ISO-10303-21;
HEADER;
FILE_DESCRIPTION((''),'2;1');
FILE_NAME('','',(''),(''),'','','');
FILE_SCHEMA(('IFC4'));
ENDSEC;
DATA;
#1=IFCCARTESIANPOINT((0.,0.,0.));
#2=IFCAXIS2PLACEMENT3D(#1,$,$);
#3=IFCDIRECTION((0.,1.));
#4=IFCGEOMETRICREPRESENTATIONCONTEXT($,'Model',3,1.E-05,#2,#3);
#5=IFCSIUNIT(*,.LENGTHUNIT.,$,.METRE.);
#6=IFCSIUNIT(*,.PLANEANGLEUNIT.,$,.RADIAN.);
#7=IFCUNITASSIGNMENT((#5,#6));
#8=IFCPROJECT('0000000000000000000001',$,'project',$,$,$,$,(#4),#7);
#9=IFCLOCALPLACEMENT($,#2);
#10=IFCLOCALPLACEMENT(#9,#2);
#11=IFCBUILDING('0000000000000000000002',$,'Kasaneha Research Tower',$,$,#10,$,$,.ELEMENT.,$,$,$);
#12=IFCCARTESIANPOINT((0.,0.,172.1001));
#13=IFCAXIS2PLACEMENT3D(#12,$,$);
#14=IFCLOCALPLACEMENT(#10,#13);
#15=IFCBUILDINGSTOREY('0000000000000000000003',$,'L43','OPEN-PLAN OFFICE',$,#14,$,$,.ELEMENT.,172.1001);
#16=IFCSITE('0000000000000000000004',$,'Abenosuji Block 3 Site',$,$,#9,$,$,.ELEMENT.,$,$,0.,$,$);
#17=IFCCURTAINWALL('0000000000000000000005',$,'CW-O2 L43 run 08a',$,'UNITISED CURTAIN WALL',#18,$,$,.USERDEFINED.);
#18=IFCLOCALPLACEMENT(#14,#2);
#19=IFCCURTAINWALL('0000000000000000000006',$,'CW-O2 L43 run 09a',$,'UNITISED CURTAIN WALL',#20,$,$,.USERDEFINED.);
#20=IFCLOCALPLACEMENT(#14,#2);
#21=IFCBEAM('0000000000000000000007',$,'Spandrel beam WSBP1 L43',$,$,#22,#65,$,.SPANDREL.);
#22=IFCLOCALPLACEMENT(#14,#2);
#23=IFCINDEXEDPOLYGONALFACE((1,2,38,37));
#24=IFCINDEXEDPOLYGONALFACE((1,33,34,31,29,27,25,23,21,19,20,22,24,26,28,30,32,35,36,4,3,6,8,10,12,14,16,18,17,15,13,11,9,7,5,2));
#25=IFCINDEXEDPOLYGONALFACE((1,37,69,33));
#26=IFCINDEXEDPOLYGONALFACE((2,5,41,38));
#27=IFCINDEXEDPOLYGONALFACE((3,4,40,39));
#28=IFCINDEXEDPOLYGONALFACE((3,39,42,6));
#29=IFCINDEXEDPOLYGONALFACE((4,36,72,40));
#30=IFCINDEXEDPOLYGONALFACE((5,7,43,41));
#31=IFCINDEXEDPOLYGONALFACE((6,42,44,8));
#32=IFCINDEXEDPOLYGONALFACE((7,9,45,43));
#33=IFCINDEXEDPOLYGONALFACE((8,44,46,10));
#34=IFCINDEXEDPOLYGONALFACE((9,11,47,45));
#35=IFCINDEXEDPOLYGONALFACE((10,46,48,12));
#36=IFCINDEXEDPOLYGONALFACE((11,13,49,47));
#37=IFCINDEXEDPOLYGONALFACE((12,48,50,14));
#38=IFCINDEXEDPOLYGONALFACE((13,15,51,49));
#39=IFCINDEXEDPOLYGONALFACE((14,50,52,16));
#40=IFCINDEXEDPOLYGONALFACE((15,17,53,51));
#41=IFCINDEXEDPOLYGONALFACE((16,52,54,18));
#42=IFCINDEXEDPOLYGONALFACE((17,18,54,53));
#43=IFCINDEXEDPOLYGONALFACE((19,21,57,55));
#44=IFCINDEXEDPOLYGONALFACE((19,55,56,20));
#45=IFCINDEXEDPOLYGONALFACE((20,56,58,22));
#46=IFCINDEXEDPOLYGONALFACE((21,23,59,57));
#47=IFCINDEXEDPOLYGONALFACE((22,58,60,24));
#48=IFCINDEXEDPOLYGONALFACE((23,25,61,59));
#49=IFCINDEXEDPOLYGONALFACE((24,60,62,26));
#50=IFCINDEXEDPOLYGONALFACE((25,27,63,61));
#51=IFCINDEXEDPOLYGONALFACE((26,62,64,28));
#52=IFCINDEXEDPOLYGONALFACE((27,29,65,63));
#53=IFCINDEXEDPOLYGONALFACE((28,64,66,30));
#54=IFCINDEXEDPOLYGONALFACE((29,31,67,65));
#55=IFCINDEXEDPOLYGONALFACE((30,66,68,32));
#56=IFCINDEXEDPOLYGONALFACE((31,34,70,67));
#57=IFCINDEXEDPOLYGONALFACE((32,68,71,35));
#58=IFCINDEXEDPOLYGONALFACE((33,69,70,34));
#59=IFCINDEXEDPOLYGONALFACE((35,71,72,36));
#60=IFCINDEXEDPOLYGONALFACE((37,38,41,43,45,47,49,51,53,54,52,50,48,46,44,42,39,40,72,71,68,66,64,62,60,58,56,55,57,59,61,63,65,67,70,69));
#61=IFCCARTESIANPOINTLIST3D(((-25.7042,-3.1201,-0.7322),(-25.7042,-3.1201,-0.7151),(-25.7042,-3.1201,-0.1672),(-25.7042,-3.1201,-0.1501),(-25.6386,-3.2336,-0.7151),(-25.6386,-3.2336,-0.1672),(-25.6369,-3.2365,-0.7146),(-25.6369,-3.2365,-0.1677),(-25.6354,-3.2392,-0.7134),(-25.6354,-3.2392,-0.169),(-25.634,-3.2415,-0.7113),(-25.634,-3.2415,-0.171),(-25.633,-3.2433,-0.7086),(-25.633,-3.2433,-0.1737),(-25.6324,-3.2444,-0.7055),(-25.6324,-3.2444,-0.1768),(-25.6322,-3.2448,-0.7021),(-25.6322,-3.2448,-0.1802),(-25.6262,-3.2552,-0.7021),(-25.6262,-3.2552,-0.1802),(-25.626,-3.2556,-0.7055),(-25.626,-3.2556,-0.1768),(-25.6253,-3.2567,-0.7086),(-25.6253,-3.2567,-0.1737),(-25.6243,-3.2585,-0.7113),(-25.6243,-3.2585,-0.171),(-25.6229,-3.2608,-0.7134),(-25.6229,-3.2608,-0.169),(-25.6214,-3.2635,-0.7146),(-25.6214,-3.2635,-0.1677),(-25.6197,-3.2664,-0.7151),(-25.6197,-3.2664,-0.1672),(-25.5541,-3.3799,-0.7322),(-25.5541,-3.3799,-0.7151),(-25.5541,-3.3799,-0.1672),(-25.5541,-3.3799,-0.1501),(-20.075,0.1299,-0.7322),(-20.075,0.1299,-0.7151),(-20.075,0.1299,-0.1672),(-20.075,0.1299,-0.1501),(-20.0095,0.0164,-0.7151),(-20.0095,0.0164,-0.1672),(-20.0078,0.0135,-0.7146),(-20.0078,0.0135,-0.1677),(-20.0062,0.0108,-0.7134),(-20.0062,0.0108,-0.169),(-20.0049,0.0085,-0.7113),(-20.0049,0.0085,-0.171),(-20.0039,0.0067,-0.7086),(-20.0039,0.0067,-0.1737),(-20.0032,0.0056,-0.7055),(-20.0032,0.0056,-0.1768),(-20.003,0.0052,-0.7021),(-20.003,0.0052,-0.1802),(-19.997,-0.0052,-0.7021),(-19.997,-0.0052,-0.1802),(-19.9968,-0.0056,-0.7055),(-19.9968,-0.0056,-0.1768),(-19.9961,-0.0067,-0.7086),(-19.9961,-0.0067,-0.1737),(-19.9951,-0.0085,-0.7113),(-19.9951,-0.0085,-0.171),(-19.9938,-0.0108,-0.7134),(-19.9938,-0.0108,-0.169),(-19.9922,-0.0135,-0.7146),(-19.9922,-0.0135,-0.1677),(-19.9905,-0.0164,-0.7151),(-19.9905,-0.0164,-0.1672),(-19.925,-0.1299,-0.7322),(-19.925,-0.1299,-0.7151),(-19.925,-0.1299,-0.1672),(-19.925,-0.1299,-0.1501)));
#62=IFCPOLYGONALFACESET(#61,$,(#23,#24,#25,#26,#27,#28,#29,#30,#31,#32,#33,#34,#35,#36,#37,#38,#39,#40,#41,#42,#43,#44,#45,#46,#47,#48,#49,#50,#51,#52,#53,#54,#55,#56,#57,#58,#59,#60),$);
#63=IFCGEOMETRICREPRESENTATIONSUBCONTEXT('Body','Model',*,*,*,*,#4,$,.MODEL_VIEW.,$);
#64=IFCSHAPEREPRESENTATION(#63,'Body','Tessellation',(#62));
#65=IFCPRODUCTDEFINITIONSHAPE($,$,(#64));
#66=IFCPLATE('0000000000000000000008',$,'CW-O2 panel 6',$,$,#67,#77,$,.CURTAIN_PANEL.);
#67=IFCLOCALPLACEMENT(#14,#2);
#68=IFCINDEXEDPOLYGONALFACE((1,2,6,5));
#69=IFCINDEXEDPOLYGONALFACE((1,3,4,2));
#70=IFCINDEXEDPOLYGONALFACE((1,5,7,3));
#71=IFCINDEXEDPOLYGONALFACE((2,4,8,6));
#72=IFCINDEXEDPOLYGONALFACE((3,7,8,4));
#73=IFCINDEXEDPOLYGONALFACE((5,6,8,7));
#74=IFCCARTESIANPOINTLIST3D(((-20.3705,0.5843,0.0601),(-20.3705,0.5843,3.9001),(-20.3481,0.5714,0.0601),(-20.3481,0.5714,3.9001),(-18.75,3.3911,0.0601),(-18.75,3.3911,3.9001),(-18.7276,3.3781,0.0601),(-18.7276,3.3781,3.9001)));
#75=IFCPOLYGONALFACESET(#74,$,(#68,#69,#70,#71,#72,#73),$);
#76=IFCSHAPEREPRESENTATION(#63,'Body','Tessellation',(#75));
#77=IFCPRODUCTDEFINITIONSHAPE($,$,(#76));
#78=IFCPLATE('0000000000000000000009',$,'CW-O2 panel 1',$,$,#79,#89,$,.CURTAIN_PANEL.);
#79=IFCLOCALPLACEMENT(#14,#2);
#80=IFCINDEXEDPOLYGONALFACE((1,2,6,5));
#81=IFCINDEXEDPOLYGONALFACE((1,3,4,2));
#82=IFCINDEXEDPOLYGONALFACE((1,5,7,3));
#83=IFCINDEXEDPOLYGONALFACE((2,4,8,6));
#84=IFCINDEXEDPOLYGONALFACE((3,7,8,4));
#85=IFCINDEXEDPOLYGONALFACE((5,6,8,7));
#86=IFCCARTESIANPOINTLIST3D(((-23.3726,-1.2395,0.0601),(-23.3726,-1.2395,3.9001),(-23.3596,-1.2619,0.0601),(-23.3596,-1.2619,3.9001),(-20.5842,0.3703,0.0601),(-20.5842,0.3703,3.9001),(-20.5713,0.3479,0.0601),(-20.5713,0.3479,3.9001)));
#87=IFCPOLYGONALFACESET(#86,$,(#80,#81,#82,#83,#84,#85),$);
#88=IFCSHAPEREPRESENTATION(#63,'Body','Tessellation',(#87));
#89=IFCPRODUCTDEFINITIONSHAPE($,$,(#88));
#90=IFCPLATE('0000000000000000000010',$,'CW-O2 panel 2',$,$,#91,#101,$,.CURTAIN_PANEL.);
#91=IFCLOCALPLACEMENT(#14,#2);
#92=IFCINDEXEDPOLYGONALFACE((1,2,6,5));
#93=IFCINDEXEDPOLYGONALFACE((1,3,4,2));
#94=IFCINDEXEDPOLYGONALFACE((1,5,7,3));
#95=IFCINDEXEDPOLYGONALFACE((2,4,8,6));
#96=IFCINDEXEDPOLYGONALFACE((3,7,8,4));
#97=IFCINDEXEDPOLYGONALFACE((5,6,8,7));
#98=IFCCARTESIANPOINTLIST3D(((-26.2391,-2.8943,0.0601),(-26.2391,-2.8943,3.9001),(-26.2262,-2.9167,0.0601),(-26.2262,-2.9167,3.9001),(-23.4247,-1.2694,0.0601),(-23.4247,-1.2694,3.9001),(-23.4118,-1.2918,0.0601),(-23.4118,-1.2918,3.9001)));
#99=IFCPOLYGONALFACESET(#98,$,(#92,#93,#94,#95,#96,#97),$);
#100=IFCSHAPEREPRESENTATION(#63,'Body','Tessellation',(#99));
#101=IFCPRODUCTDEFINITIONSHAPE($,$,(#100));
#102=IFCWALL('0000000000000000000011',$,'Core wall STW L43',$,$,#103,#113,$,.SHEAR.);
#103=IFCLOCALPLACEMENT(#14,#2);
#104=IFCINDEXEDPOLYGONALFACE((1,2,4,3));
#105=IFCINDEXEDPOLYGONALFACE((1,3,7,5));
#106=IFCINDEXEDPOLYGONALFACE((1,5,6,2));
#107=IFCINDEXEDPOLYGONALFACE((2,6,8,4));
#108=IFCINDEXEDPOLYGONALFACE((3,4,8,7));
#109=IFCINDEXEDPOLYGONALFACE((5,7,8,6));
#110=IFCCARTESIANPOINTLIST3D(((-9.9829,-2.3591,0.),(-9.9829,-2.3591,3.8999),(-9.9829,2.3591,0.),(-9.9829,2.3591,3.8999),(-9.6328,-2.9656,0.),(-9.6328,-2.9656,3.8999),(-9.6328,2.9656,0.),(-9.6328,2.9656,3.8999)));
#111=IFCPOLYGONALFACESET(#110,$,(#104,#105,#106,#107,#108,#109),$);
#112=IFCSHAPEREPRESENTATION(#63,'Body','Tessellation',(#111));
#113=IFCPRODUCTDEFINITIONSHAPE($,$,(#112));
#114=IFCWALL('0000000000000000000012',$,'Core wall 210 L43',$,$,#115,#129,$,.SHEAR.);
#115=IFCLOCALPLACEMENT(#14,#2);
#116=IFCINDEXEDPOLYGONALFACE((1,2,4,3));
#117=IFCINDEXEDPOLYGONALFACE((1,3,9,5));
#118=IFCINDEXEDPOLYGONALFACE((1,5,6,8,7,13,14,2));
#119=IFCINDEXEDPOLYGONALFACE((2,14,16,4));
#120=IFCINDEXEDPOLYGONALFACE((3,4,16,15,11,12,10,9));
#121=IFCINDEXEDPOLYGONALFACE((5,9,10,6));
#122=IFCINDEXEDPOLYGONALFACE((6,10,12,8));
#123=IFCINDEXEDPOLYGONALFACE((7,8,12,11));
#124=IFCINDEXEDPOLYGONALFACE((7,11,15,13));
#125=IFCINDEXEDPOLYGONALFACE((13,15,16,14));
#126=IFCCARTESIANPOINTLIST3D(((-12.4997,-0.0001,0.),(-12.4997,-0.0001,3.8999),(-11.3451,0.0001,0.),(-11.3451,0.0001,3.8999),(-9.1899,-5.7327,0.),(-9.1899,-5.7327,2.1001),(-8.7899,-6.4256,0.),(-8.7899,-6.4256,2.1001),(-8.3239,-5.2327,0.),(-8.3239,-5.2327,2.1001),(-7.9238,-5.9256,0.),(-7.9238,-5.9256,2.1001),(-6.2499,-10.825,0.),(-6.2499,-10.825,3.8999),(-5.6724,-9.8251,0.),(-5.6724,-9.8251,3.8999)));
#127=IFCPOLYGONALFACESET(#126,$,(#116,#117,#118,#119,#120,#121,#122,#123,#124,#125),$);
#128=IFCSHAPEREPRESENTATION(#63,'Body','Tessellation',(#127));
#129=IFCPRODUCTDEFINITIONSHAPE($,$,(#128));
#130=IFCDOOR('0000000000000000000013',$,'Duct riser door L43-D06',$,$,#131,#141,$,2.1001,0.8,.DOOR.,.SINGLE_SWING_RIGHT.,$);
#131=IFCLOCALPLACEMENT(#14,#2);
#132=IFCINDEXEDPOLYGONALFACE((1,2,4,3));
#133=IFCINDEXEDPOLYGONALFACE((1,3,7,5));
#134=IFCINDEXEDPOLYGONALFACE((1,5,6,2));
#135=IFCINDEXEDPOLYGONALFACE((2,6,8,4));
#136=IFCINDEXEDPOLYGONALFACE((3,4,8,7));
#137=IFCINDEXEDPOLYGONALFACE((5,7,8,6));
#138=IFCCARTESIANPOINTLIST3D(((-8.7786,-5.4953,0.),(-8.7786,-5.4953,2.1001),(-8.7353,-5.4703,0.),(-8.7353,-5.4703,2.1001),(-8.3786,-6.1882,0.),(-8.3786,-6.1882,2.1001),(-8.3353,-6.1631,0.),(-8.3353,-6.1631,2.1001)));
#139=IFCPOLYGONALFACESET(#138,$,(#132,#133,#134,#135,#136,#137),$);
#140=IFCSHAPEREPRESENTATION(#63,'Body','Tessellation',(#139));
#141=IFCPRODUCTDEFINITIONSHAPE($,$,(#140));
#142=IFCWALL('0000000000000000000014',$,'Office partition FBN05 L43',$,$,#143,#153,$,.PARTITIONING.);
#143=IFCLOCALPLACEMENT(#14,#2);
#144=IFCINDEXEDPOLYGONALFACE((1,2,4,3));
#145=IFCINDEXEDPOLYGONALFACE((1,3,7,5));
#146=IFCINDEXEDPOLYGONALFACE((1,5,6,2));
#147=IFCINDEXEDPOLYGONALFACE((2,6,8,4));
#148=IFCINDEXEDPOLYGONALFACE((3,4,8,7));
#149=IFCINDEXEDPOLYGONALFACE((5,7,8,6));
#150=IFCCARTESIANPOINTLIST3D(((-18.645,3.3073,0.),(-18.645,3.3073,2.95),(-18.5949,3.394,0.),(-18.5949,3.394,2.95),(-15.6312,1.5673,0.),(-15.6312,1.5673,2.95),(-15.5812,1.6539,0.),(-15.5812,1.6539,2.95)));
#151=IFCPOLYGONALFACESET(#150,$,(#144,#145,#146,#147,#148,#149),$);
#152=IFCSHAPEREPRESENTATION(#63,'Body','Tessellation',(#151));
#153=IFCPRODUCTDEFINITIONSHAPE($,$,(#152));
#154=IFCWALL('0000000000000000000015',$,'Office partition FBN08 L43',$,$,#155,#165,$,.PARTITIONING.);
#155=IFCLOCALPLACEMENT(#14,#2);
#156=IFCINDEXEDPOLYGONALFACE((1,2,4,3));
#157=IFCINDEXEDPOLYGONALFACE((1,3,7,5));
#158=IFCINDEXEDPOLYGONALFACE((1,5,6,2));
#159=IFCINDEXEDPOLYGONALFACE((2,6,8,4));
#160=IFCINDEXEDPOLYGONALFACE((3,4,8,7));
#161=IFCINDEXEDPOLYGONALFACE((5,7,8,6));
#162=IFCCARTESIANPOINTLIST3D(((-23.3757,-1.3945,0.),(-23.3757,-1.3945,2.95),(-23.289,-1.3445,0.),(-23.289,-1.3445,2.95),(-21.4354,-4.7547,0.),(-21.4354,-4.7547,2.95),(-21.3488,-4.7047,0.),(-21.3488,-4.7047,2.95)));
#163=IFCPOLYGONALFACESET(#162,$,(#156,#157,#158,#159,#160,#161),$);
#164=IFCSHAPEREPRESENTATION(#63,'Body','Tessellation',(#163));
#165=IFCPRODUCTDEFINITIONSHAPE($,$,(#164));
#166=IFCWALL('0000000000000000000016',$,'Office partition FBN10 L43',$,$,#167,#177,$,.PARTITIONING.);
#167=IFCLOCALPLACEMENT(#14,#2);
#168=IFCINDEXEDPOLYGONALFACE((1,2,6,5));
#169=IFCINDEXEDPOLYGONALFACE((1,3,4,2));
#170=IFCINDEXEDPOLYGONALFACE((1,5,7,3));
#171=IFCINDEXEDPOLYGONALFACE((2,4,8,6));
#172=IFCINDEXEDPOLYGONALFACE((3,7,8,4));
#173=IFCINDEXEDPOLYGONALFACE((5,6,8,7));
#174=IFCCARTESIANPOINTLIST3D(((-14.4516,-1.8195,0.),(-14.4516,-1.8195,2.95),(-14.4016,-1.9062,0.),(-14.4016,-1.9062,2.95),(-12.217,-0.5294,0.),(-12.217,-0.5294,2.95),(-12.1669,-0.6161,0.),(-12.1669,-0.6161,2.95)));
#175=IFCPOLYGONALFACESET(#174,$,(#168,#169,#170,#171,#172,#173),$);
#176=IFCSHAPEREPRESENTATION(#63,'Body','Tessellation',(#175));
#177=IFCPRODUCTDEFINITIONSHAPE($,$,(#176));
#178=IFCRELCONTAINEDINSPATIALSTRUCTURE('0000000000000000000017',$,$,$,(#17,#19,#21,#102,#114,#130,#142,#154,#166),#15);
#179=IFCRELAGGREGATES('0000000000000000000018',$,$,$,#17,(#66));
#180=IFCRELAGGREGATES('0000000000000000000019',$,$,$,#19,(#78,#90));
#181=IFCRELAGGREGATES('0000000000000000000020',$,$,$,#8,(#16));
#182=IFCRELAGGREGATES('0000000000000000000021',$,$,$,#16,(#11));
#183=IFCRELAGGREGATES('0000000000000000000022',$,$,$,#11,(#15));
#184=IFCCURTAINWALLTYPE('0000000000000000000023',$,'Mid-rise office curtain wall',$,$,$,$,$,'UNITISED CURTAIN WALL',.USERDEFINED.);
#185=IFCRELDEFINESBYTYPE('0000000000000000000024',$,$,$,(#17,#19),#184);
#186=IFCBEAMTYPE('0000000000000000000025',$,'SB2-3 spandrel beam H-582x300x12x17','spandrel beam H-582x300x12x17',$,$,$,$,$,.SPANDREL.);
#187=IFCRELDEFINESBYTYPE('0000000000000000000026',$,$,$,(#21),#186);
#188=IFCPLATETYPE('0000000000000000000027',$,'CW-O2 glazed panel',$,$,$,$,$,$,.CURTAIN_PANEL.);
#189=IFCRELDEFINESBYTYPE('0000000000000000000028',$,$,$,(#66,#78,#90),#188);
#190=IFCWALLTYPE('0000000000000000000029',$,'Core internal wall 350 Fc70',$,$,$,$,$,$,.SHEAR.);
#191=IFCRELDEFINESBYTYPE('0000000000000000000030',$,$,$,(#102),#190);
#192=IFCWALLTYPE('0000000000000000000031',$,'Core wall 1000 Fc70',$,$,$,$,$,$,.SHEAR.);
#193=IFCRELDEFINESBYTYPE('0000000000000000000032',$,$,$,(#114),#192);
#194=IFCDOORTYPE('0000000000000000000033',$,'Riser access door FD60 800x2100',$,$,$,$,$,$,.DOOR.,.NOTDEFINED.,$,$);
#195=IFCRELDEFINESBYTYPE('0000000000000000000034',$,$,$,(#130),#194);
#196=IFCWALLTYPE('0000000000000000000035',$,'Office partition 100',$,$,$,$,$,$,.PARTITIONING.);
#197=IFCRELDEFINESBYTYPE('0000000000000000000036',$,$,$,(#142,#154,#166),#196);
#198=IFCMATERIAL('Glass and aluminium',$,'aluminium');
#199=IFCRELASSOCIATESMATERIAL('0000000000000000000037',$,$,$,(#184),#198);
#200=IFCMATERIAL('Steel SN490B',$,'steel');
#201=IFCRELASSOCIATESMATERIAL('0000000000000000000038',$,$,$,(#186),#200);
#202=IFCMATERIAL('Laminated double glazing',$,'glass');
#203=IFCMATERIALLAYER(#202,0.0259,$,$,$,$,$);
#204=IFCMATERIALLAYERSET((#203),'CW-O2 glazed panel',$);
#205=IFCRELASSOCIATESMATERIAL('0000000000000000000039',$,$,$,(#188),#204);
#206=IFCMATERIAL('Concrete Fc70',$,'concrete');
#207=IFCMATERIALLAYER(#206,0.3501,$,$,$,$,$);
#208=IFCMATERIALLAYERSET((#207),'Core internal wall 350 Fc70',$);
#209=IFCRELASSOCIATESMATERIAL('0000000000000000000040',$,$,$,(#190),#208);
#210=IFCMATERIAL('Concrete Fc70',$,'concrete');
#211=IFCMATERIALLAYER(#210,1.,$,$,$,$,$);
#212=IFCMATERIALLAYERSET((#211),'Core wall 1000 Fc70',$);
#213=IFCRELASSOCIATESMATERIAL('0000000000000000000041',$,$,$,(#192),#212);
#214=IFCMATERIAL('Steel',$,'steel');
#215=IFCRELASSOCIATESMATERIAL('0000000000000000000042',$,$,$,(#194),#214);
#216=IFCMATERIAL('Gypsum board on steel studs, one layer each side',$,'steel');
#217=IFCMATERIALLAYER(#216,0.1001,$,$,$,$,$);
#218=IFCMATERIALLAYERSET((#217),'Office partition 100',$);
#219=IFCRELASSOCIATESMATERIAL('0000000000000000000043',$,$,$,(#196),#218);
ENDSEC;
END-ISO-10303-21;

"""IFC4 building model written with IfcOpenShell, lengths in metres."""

from ifc_helpers import new_model, si_unit, direction, frame, frame_2d, origin, origin_2d, place, context, subcontext, project, spatial, polyline, rectangle, i_section, outline, extrude, material, layer, layer_set, material_profile, profile_set, type_object, element, fill, aggregate, save


model = new_model("IFC4")

# Units and contexts
model_context = context("Model", 3, precision=1e-05, world=origin(), true_north=direction((0.0, 1.0)))
body_context = subcontext(model_context, "Body", "Model", "MODEL_VIEW")
ifc_project = project(units=[si_unit("LENGTHUNIT", "METRE"), si_unit("PLANEANGLEUNIT", "RADIAN")], contexts=[model_context])

# Site, building, storey
site_placement = place(None, origin())
site = spatial("IfcSite", under=ifc_project, at=site_placement, Name="Abenosuji Block 3 Site", CompositionType="ELEMENT", RefElevation=0.0)
building_placement = place(site_placement, origin())
building = spatial("IfcBuilding", under=site, at=building_placement, Name="Kasaneha Research Tower", CompositionType="ELEMENT")
storey_placement = place(building_placement, frame((0.0, 0.0, 172.1001)))
storey = spatial("IfcBuildingStorey", under=building, at=storey_placement, Name="L43", Description="OPEN-PLAN OFFICE", CompositionType="ELEMENT", Elevation=172.1001)

# Curtain wall
ifc_material_1 = material(Name="Glass and aluminium", Category="aluminium")
curtain_wall_type = type_object("IfcCurtainWallType", Name="Mid-rise office curtain wall", ElementType="UNITISED CURTAIN WALL", PredefinedType="USERDEFINED", material=ifc_material_1)
curtain_wall_1_placement = place(storey_placement, origin())
curtain_wall_1 = element("IfcCurtainWall", 1, at=curtain_wall_1_placement, inside=storey, type_object=curtain_wall_type, Name="CW-O2 L43 run 08a", ObjectType="UNITISED CURTAIN WALL", PredefinedType="USERDEFINED")

# Curtain wall
curtain_wall_2_placement = place(storey_placement, origin())
curtain_wall_2 = element("IfcCurtainWall", 2, at=curtain_wall_2_placement, inside=storey, type_object=curtain_wall_type, Name="CW-O2 L43 run 09a", ObjectType="UNITISED CURTAIN WALL", PredefinedType="USERDEFINED")

# Beam
ifc_material_2 = material(Name="Steel SN490B", Category="steel")
ifc_material_profile_1 = material_profile(ifc_material_2, i_section(OverallWidth=0.3, OverallDepth=0.582, WebThickness=0.012, FlangeThickness=0.0171, FilletRadius=0.0129, at=origin_2d()), Name="H-582x300x12x17")
ifc_profile_set_1 = profile_set([ifc_material_profile_1], Name="Steel SN490B")
beam_type_1 = type_object("IfcBeamType", Name="SB2-3 spandrel beam H-582x300x12x17", Description="spandrel beam H-582x300x12x17", PredefinedType="SPANDREL", material=ifc_profile_set_1)
beam_1_placement = place(storey_placement, frame((-20.0, 0.0, -0.4412), z_axis=(-0.866025, -0.500001, 0.0), x_axis=(0.500001, -0.866025, 0.0)))
element("IfcBeam", 3, at=beam_1_placement, inside=storey, type_object=beam_type_1, Name="Spandrel beam WSBP1 L43", PredefinedType="SPANDREL", context=body_context, shape_type="SweptSolid", body=[
    extrude(i_section(OverallWidth=0.3, OverallDepth=0.582, WebThickness=0.012, FlangeThickness=0.0171, FilletRadius=0.0129, at=origin_2d()), origin(), (0.0, 0.0, 1.0), 6.5),
])

# Plates
ifc_material_3 = material(Name="Laminated double glazing", Category="glass")
ifc_layer_1 = layer(ifc_material_3, 0.0259)
ifc_layer_set_1 = layer_set([ifc_layer_1], Name="CW-O2 glazed panel")
plate_type = type_object("IfcPlateType", Name="CW-O2 glazed panel", PredefinedType="CURTAIN_PANEL", material=ifc_layer_set_1)
plate_1_placement = place(storey_placement, frame((-19.5491, 1.9812, 0.0601), z_axis=(0.0, 0.0, 1.0), x_axis=(-0.5, -0.866025, 0.0)))
plate_1 = element("IfcPlate", 4, at=plate_1_placement, type_object=plate_type, Name="CW-O2 panel 6", PredefinedType="CURTAIN_PANEL", context=body_context, shape_type="SweptSolid", body=[
    extrude(rectangle(XDim=3.241, YDim=0.0259, at=origin_2d()), origin(), (0.0, 0.0, 1.0), 3.8401),
])
aggregate(curtain_wall_1, [plate_1])
plate_2_placement = place(storey_placement, frame((-21.9719, -0.4458, 0.0601), z_axis=(0.0, 0.0, 1.0), x_axis=(-0.866025, -0.5, 0.0)))
plate_2 = element("IfcPlate", 5, at=plate_2_placement, type_object=plate_type, Name="CW-O2 panel 1", PredefinedType="CURTAIN_PANEL", context=body_context, shape_type="SweptSolid", body=[
    extrude(rectangle(XDim=3.2197, YDim=0.0259, at=origin_2d()), origin(), (0.0, 0.0, 1.0), 3.8401),
])
plate_3_placement = place(storey_placement, frame((-24.8254, -2.093, 0.0601), z_axis=(0.0, 0.0, 1.0), x_axis=(-0.866025, -0.5, 0.0)))
plate_3 = element("IfcPlate", 6, at=plate_3_placement, type_object=plate_type, Name="CW-O2 panel 2", PredefinedType="CURTAIN_PANEL", context=body_context, shape_type="SweptSolid", body=[
    extrude(rectangle(XDim=3.2498, YDim=0.0259, at=origin_2d()), origin(), (0.0, 0.0, 1.0), 3.8401),
])
aggregate(curtain_wall_2, [plate_2, plate_3])

# Wall
ifc_material_4 = material(Name="Concrete Fc70", Category="concrete")
ifc_layer_2 = layer(ifc_material_4, 0.3501)
ifc_layer_set_2 = layer_set([ifc_layer_2], Name="Core internal wall 350 Fc70")
wall_type_1 = type_object("IfcWallType", Name="Core internal wall 350 Fc70", PredefinedType="SHEAR", material=ifc_layer_set_2)
wall_1_placement = place(storey_placement, frame((-9.8079, -2.6624, 0.0), z_axis=(0.0, 0.0, 1.0), x_axis=(0.0, 1.0, 0.0)))
element("IfcWall", 7, at=wall_1_placement, inside=storey, type_object=wall_type_1, Name="Core wall STW L43", PredefinedType="SHEAR", context=body_context, shape_type="SweptSolid", body=[
    extrude(outline(polyline([(-0.3032, -0.175), (5.6279, -0.175), (5.0215, 0.175), (0.3032, 0.175), (-0.3032, -0.175)])), origin(), (0.0, 0.0, 1.0), 3.8999),
])

# Wall, opening, door
ifc_material_5 = material(Name="Concrete Fc70", Category="concrete")
ifc_layer_3 = layer(ifc_material_5, 1.0)
ifc_layer_set_3 = layer_set([ifc_layer_3], Name="Core wall 1000 Fc70")
wall_type_2 = type_object("IfcWallType", Name="Core wall 1000 Fc70", PredefinedType="SHEAR", material=ifc_layer_set_3)
wall_2_placement = place(storey_placement, frame((-11.9224, 0.0, 0.0), z_axis=(0.0, 0.0, 1.0), x_axis=(0.500004, -0.866023, 0.0)))
wall_2 = element("IfcWall", 8, at=wall_2_placement, inside=storey, type_object=wall_type_2, Name="Core wall 210 L43", PredefinedType="SHEAR", context=body_context, shape_type="SweptSolid", body=[
    extrude(outline(polyline([(-0.2886, -0.5), (6.3311, -0.5), (7.1311, -0.5), (12.2109, -0.5), (11.6338, 0.5), (7.1311, 0.5), (6.3311, 0.5), (0.2886, 0.5), (-0.2886, -0.5)])), origin(), (0.0, 0.0, 1.0), 3.8999),
])
opening_placement = place(wall_2_placement, frame((6.3311, 0.0, 0.0)))
opening = element("IfcOpeningElement", 9, at=opening_placement, cuts=wall_2, PredefinedType="OPENING", context=body_context, shape_type="SweptSolid", body=[
    extrude(rectangle(XDim=0.8, YDim=2.1001, at=frame_2d((0.3999, 1.05))), frame((0.0, 0.51, 0.0), z_axis=(0.0, -1.0, 0.0), x_axis=(1.0, 0.0, 0.0)), (0.0, 0.0, 1.0), 1.02),
])
ifc_material_6 = material(Name="Steel", Category="steel")
door_type = type_object("IfcDoorType", Name="Riser access door FD60 800x2100", OperationType="NOTDEFINED", PredefinedType="DOOR", material=ifc_material_6)
door_placement = place(opening_placement, origin())
door = element("IfcDoor", 10, at=door_placement, inside=storey, type_object=door_type, Name="Duct riser door L43-D06", OperationType="SINGLE_SWING_RIGHT", OverallHeight=2.1001, OverallWidth=0.8, PredefinedType="DOOR", context=body_context, shape_type="SweptSolid", body=[
    extrude(rectangle(XDim=0.8, YDim=2.1001, at=frame_2d((0.3999, 1.05))), frame((0.0, 0.0249, 0.0), z_axis=(0.0, -1.0, 0.0), x_axis=(1.0, 0.0, 0.0)), (0.0, 0.0, 1.0), 0.05),
])
fill(opening, door)

# Walls
ifc_material_7 = material(Name="Gypsum board on steel studs, one layer each side", Category="steel")
ifc_layer_4 = layer(ifc_material_7, 0.1001)
ifc_layer_set_4 = layer_set([ifc_layer_4], Name="Office partition 100")
wall_type_3 = type_object("IfcWallType", Name="Office partition 100", PredefinedType="PARTITIONING", material=ifc_layer_set_4)
wall_3_placement = place(storey_placement, frame((-15.6062, 1.6106, 0.0), z_axis=(0.0, 0.0, 1.0), x_axis=(-0.86602, 0.50001, 0.0)))
element("IfcWall", 11, at=wall_3_placement, inside=storey, type_object=wall_type_3, Name="Office partition FBN05 L43", PredefinedType="PARTITIONING", context=body_context, shape_type="SweptSolid", body=[
    extrude(rectangle(XDim=3.48, YDim=0.1001, at=frame_2d((1.74, 0.0))), origin(), (0.0, 0.0, 1.0), 2.95),
])
wall_4_placement = place(storey_placement, frame((-23.3323, -1.3696, 0.0), z_axis=(0.0, 0.0, 1.0), x_axis=(0.500044, -0.866, 0.0)))
element("IfcWall", 12, at=wall_4_placement, inside=storey, type_object=wall_type_3, Name="Office partition FBN08 L43", PredefinedType="PARTITIONING", context=body_context, shape_type="SweptSolid", body=[
    extrude(rectangle(XDim=3.8801, YDim=0.1001, at=frame_2d((1.9399, 0.0))), origin(), (0.0, 0.0, 1.0), 2.95),
])
wall_5_placement = place(storey_placement, frame((-14.4265, -1.8628, 0.0), z_axis=(0.0, 0.0, 1.0), x_axis=(0.866045, 0.499965, 0.0)))
element("IfcWall", 13, at=wall_5_placement, inside=storey, type_object=wall_type_3, Name="Office partition FBN10 L43", PredefinedType="PARTITIONING", context=body_context, shape_type="SweptSolid", body=[
    extrude(rectangle(XDim=2.5803, YDim=0.1001, at=frame_2d((1.29, 0.0))), origin(), (0.0, 0.0, 1.0), 2.95),
])

save(model, "model.ifc")
